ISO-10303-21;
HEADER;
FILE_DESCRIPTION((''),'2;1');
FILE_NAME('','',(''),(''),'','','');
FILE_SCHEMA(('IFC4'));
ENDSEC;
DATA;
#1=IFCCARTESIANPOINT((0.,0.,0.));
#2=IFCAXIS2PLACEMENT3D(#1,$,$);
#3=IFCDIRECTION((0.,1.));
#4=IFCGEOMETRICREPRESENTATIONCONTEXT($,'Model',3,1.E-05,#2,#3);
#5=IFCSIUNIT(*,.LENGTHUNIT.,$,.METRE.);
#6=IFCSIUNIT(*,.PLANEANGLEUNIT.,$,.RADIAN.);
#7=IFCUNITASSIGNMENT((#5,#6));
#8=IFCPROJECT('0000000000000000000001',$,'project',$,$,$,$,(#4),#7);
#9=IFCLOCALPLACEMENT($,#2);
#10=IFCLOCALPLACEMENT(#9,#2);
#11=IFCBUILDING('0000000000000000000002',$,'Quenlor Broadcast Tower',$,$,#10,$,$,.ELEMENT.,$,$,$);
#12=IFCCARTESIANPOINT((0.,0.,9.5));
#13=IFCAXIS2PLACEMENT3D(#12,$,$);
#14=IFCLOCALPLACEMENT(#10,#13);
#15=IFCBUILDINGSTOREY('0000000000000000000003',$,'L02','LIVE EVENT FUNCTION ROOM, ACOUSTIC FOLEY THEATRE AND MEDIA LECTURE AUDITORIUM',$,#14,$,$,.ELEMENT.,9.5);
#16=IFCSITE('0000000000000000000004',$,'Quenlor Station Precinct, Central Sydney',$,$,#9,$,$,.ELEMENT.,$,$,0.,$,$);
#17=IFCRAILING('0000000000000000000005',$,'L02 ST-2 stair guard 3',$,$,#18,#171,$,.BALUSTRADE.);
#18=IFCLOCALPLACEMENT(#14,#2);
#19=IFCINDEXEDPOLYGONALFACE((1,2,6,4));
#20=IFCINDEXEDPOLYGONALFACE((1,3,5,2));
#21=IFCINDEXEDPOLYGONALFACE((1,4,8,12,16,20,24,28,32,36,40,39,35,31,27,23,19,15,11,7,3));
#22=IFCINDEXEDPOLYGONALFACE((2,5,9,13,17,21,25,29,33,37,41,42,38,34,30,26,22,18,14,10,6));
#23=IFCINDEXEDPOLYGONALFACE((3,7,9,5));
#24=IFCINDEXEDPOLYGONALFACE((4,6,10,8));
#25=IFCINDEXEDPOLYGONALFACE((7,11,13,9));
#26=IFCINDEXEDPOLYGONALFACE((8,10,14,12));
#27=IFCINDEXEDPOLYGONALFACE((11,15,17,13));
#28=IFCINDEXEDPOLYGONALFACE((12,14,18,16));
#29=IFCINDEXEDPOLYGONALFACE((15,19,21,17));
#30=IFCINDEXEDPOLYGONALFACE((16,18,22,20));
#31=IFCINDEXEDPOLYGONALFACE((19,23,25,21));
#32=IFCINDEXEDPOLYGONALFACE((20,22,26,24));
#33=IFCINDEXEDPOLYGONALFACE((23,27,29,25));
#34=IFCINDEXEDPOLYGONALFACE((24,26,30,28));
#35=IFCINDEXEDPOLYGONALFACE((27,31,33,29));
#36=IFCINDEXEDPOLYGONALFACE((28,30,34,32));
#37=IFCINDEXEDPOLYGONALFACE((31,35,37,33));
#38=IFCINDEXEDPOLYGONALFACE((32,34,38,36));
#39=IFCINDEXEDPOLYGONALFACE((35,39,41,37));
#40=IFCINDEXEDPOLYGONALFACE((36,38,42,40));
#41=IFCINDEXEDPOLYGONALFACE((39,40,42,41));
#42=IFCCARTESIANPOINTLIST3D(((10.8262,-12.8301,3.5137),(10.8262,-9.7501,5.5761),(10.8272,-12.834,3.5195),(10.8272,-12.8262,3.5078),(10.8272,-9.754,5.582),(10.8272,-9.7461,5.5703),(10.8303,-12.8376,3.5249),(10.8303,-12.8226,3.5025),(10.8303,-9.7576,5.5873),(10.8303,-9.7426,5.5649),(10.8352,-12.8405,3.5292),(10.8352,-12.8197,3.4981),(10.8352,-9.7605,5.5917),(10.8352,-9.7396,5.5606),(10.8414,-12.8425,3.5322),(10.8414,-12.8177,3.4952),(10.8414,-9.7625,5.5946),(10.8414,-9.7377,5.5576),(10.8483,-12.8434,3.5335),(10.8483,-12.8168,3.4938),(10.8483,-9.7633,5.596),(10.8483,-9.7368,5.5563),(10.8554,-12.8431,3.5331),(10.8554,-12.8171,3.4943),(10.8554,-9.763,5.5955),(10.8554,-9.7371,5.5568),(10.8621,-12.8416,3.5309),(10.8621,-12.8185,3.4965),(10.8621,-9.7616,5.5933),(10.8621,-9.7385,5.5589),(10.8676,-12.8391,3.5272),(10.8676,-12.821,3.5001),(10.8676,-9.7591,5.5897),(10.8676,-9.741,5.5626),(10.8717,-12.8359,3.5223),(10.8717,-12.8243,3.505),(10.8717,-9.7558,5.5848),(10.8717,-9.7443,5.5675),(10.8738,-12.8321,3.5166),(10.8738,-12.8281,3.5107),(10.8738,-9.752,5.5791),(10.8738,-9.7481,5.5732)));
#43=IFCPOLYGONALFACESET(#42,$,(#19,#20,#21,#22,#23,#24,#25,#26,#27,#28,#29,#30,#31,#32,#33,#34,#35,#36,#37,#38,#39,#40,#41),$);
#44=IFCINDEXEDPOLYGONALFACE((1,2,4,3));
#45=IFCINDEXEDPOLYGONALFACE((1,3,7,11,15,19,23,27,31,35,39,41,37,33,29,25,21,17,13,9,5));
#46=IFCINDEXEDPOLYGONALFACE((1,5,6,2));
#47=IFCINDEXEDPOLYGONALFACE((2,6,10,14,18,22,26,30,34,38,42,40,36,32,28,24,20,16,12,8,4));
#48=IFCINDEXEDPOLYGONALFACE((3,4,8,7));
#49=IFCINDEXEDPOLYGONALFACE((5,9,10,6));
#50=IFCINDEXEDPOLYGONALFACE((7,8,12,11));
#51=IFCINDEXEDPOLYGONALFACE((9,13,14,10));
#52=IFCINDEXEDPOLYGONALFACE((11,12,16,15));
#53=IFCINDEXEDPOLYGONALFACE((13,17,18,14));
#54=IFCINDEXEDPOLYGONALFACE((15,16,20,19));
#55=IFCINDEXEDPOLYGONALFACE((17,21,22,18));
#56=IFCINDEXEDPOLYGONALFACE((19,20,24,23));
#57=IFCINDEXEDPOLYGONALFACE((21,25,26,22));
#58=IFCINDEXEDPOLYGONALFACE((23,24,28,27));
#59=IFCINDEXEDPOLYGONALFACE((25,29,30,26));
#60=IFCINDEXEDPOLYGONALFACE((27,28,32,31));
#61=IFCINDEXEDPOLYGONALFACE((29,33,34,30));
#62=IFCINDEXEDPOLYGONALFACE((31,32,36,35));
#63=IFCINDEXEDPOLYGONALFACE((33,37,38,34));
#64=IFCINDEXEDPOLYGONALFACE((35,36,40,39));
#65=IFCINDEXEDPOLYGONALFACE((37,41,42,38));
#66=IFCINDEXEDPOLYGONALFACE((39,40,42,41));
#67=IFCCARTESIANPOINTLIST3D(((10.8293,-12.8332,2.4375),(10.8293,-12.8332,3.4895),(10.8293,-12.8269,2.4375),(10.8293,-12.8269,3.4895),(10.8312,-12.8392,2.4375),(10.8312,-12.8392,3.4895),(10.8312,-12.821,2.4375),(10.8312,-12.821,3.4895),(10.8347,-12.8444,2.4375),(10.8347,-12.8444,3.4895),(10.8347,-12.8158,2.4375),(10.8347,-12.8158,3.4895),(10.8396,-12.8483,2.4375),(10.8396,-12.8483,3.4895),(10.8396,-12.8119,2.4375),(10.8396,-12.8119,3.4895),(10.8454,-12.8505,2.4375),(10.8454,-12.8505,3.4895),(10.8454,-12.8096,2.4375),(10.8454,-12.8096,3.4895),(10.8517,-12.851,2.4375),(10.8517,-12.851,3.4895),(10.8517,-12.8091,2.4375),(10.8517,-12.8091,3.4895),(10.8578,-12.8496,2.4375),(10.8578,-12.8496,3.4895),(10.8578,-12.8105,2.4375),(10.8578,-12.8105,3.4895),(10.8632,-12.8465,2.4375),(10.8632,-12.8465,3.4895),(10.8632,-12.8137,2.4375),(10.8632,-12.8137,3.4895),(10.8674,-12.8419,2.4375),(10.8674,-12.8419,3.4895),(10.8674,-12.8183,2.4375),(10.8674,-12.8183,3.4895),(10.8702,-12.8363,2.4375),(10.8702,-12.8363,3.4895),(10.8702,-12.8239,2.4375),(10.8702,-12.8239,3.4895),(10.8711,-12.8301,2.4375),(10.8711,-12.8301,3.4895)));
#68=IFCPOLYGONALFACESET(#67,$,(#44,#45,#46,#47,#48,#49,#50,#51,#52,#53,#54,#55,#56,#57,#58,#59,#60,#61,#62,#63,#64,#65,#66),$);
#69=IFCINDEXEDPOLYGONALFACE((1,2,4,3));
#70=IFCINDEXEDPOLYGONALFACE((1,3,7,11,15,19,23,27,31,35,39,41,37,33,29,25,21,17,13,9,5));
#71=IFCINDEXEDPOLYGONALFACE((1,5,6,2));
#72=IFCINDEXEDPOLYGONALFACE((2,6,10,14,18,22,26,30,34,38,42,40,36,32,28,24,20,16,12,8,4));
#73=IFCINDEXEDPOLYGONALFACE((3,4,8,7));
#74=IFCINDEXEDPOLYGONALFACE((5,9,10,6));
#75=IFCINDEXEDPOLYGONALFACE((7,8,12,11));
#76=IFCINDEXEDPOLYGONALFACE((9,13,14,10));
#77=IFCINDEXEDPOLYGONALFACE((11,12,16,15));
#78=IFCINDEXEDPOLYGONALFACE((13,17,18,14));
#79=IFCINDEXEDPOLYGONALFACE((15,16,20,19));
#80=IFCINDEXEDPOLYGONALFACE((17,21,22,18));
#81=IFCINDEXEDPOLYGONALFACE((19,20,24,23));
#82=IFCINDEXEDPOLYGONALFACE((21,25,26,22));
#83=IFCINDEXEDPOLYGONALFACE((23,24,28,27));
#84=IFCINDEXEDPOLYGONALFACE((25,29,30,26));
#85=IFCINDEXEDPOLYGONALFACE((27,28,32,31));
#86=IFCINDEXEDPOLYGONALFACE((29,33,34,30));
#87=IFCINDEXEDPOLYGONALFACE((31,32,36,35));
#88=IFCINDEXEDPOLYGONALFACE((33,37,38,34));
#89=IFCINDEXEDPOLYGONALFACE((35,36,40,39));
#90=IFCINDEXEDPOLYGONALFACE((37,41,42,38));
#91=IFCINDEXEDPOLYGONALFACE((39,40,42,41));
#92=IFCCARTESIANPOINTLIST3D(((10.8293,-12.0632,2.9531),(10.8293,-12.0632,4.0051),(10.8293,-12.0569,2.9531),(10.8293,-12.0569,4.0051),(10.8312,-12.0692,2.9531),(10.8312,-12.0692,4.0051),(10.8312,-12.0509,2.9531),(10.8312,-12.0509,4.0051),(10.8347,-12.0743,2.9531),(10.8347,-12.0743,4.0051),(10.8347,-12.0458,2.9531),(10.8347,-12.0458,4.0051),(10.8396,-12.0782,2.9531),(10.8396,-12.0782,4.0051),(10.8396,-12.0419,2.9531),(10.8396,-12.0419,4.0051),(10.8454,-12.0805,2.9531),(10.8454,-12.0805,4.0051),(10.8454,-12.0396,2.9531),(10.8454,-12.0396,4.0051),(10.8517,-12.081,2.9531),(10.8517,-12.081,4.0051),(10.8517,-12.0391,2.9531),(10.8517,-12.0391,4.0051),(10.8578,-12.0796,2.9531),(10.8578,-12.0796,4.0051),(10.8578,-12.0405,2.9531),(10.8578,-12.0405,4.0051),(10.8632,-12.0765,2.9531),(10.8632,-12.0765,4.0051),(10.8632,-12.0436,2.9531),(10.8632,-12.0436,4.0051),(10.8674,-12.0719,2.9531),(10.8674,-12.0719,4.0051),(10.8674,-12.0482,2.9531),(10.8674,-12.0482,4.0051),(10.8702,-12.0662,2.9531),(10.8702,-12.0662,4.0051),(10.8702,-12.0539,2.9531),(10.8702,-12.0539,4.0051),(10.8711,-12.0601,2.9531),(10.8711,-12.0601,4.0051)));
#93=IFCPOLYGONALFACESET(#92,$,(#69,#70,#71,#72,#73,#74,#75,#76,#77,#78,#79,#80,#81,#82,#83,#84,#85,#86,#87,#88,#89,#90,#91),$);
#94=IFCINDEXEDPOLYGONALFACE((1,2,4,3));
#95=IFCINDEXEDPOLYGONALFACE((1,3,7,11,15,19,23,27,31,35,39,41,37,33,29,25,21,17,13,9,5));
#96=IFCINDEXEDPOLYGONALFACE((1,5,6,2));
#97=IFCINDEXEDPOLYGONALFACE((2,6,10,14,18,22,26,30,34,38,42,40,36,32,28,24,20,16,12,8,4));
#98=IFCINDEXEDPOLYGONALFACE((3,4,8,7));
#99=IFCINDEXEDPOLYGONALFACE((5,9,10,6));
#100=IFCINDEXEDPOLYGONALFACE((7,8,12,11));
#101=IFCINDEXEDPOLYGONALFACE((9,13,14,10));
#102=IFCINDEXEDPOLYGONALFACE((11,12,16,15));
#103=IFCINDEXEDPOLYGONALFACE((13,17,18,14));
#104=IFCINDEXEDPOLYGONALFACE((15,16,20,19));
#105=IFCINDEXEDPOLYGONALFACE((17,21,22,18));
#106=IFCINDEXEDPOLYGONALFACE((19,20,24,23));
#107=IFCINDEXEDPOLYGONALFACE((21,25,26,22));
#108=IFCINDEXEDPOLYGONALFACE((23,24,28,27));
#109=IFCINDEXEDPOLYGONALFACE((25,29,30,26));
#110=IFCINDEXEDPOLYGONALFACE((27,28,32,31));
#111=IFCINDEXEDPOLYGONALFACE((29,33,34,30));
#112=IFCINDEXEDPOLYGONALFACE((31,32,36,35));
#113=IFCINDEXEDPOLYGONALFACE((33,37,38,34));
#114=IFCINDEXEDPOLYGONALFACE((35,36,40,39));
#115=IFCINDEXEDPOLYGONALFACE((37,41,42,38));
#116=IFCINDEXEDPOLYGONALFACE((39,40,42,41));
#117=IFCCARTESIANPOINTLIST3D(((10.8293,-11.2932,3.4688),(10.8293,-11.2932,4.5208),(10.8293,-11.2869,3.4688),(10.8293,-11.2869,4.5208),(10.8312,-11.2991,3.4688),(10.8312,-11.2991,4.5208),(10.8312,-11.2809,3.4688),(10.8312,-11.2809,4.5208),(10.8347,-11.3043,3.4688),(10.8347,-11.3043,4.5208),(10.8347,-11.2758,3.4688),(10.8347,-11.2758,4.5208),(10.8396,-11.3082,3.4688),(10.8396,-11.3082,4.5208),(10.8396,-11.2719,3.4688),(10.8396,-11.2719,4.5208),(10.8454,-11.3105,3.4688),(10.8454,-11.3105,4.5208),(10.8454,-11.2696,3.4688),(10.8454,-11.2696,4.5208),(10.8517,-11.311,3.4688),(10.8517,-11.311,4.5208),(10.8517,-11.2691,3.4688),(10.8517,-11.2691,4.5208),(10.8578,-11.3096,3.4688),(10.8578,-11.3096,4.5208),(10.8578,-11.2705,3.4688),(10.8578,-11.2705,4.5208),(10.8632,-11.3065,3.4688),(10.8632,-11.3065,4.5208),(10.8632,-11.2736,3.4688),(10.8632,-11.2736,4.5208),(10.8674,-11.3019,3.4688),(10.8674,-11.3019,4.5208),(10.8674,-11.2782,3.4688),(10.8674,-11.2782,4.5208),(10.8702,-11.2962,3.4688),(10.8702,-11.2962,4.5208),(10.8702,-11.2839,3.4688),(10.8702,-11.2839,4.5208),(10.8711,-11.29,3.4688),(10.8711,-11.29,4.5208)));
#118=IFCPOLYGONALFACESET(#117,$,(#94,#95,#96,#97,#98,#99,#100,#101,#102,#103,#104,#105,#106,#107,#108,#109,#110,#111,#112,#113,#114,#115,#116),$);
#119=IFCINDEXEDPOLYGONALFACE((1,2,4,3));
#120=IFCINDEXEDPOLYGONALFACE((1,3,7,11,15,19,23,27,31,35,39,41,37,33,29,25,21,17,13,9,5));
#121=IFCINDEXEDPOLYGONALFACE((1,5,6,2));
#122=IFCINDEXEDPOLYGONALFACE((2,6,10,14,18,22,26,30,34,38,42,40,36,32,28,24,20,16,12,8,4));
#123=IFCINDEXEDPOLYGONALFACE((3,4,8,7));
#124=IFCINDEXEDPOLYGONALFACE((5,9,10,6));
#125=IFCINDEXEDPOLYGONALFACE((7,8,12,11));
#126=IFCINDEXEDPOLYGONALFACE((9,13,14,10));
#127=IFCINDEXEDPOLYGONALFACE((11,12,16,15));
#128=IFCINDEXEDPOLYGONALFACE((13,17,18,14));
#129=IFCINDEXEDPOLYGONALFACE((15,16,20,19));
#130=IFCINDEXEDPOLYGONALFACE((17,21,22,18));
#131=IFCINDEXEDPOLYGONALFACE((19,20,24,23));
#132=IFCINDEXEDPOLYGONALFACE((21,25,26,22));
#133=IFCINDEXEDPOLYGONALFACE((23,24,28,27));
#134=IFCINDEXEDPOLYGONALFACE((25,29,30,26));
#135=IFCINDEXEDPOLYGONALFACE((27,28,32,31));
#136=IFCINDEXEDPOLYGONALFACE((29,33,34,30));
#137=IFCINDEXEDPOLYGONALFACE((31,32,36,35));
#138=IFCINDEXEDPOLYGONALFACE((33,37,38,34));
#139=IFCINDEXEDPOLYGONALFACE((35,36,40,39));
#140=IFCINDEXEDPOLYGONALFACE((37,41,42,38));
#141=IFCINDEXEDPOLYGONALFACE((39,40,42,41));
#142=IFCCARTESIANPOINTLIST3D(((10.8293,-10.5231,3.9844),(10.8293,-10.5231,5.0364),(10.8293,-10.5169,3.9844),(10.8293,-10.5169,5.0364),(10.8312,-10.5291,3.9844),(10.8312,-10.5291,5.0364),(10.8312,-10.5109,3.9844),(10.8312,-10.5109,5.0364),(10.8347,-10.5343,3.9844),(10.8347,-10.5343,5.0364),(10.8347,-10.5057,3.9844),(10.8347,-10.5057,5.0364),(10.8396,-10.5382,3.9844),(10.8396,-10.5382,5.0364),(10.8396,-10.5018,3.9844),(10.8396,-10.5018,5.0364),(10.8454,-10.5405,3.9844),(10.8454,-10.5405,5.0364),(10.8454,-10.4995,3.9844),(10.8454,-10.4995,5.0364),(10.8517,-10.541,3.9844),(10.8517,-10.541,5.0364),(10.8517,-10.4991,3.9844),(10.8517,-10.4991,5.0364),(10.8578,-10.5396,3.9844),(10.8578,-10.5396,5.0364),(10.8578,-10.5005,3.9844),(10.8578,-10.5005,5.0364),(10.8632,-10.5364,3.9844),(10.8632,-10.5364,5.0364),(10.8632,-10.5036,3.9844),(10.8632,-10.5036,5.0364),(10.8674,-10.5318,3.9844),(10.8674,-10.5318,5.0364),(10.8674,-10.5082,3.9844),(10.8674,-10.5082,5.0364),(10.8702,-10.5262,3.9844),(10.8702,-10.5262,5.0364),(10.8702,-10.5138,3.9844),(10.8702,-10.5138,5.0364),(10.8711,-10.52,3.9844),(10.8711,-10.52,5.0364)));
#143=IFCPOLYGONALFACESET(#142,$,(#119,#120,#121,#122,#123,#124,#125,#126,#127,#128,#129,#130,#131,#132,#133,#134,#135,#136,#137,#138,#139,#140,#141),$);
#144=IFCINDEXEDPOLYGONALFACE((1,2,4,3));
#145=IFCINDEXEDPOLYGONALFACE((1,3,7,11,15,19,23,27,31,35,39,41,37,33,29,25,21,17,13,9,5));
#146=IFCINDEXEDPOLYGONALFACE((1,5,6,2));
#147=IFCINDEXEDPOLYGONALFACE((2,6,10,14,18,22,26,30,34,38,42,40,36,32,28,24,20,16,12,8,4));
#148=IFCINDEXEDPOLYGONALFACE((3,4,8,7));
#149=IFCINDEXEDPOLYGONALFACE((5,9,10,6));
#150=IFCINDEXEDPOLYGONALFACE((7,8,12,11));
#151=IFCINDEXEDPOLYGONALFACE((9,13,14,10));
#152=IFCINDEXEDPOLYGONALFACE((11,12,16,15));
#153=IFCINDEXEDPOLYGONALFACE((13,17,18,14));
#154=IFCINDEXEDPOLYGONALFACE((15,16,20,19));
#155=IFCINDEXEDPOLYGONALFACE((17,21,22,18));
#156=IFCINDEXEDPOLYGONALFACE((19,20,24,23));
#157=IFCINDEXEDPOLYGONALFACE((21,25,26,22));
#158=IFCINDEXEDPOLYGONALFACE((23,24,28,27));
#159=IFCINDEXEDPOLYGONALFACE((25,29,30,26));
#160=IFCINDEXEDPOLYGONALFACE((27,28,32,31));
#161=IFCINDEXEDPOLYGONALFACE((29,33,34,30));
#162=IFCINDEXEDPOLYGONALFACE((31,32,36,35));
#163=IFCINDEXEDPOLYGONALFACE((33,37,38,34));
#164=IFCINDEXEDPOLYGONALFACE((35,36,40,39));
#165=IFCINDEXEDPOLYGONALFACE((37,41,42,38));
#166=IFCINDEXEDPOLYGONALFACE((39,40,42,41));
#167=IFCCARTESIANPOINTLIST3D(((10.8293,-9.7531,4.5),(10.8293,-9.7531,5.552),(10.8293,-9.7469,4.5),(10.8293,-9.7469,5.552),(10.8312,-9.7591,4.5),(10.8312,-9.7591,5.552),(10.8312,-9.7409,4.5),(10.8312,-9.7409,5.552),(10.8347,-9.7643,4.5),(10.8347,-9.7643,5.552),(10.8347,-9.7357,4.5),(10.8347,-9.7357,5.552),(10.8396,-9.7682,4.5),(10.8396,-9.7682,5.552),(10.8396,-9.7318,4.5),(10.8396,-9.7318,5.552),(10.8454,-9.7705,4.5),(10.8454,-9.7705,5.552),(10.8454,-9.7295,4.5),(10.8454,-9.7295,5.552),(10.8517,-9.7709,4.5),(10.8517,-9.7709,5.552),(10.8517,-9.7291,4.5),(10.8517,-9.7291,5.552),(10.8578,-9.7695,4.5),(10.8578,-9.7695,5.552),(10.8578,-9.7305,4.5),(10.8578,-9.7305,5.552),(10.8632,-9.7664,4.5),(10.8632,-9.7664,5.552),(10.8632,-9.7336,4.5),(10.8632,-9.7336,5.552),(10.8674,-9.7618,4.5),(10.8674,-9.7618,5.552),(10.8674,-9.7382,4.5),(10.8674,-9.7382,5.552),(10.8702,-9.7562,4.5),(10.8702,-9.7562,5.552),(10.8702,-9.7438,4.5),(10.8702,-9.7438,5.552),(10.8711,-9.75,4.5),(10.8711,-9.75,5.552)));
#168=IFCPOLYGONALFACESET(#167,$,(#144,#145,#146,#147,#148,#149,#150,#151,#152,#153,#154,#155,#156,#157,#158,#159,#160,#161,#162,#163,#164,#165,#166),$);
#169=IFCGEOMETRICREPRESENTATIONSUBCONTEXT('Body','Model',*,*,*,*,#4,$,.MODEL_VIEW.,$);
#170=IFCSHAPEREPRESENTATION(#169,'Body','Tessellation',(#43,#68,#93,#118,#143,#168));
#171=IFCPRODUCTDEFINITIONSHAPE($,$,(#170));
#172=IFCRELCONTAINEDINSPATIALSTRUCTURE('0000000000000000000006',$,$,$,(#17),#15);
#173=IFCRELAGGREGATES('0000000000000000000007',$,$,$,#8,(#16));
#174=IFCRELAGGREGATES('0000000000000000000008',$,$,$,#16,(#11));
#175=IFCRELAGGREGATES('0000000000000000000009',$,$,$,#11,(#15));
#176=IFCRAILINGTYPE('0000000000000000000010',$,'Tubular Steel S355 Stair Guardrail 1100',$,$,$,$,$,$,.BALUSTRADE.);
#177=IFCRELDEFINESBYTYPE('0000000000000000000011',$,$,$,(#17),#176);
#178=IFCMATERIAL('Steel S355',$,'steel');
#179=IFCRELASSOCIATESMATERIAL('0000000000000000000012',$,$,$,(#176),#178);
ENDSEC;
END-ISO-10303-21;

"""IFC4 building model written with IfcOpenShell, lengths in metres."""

from ifc_helpers import new_model, si_unit, direction, frame, origin, origin_2d, place, context, subcontext, project, spatial, circle, extrude, material, type_object, element, save


model = new_model("IFC4")

# Units and contexts
model_context = context("Model", 3, precision=1e-05, world=origin(), true_north=direction((0.0, 1.0)))
body_context = subcontext(model_context, "Body", "Model", "MODEL_VIEW")
ifc_project = project(units=[si_unit("LENGTHUNIT", "METRE"), si_unit("PLANEANGLEUNIT", "RADIAN")], contexts=[model_context])

# Site, building, storey
site_placement = place(None, origin())
site = spatial("IfcSite", under=ifc_project, at=site_placement, Name="Quenlor Station Precinct, Central Sydney", CompositionType="ELEMENT", RefElevation=0.0)
building_placement = place(site_placement, origin())
building = spatial("IfcBuilding", under=site, at=building_placement, Name="Quenlor Broadcast Tower", CompositionType="ELEMENT")
storey_placement = place(building_placement, frame((0.0, 0.0, 9.5)))
storey = spatial("IfcBuildingStorey", under=building, at=storey_placement, Name="L02", Description="LIVE EVENT FUNCTION ROOM, ACOUSTIC FOLEY THEATRE AND MEDIA LECTURE AUDITORIUM", CompositionType="ELEMENT", Elevation=9.5)

# Railing
ifc_material_1 = material(Name="Steel S355", Category="steel")
railing_type_1 = type_object("IfcRailingType", Name="Tubular Steel S355 Stair Guardrail 1100", PredefinedType="BALUSTRADE", material=ifc_material_1)
railing_1_placement = place(storey_placement, frame((10.8501, -12.8301, 2.4375)))
element("IfcRailing", 1, at=railing_1_placement, inside=storey, type_object=railing_type_1, Name="L02 ST-2 stair guard 3", PredefinedType="BALUSTRADE", context=body_context, shape_type="SweptSolid", body=[
    extrude(circle(Radius=0.0239, at=origin_2d()), frame((0.0, 0.0, 1.0762), z_axis=(0.0, 0.830914, 0.556401), x_axis=(-1.0, 0.0, 0.0)), (0.0, 0.0, 1.0), 3.7068),
    extrude(circle(Radius=0.021, at=origin_2d()), origin(), (0.0, 0.0, 1.0), 1.052),
    extrude(circle(Radius=0.021, at=origin_2d()), frame((0.0, 0.77, 0.5156)), (0.0, 0.0, 1.0), 1.052),
    extrude(circle(Radius=0.021, at=origin_2d()), frame((0.0, 1.54, 1.0312)), (0.0, 0.0, 1.0), 1.052),
    extrude(circle(Radius=0.021, at=origin_2d()), frame((0.0, 2.3101, 1.5469)), (0.0, 0.0, 1.0), 1.052),
    extrude(circle(Radius=0.021, at=origin_2d()), frame((0.0, 3.0801, 2.0625)), (0.0, 0.0, 1.0), 1.052),
])

save(model, "model.ifc")
